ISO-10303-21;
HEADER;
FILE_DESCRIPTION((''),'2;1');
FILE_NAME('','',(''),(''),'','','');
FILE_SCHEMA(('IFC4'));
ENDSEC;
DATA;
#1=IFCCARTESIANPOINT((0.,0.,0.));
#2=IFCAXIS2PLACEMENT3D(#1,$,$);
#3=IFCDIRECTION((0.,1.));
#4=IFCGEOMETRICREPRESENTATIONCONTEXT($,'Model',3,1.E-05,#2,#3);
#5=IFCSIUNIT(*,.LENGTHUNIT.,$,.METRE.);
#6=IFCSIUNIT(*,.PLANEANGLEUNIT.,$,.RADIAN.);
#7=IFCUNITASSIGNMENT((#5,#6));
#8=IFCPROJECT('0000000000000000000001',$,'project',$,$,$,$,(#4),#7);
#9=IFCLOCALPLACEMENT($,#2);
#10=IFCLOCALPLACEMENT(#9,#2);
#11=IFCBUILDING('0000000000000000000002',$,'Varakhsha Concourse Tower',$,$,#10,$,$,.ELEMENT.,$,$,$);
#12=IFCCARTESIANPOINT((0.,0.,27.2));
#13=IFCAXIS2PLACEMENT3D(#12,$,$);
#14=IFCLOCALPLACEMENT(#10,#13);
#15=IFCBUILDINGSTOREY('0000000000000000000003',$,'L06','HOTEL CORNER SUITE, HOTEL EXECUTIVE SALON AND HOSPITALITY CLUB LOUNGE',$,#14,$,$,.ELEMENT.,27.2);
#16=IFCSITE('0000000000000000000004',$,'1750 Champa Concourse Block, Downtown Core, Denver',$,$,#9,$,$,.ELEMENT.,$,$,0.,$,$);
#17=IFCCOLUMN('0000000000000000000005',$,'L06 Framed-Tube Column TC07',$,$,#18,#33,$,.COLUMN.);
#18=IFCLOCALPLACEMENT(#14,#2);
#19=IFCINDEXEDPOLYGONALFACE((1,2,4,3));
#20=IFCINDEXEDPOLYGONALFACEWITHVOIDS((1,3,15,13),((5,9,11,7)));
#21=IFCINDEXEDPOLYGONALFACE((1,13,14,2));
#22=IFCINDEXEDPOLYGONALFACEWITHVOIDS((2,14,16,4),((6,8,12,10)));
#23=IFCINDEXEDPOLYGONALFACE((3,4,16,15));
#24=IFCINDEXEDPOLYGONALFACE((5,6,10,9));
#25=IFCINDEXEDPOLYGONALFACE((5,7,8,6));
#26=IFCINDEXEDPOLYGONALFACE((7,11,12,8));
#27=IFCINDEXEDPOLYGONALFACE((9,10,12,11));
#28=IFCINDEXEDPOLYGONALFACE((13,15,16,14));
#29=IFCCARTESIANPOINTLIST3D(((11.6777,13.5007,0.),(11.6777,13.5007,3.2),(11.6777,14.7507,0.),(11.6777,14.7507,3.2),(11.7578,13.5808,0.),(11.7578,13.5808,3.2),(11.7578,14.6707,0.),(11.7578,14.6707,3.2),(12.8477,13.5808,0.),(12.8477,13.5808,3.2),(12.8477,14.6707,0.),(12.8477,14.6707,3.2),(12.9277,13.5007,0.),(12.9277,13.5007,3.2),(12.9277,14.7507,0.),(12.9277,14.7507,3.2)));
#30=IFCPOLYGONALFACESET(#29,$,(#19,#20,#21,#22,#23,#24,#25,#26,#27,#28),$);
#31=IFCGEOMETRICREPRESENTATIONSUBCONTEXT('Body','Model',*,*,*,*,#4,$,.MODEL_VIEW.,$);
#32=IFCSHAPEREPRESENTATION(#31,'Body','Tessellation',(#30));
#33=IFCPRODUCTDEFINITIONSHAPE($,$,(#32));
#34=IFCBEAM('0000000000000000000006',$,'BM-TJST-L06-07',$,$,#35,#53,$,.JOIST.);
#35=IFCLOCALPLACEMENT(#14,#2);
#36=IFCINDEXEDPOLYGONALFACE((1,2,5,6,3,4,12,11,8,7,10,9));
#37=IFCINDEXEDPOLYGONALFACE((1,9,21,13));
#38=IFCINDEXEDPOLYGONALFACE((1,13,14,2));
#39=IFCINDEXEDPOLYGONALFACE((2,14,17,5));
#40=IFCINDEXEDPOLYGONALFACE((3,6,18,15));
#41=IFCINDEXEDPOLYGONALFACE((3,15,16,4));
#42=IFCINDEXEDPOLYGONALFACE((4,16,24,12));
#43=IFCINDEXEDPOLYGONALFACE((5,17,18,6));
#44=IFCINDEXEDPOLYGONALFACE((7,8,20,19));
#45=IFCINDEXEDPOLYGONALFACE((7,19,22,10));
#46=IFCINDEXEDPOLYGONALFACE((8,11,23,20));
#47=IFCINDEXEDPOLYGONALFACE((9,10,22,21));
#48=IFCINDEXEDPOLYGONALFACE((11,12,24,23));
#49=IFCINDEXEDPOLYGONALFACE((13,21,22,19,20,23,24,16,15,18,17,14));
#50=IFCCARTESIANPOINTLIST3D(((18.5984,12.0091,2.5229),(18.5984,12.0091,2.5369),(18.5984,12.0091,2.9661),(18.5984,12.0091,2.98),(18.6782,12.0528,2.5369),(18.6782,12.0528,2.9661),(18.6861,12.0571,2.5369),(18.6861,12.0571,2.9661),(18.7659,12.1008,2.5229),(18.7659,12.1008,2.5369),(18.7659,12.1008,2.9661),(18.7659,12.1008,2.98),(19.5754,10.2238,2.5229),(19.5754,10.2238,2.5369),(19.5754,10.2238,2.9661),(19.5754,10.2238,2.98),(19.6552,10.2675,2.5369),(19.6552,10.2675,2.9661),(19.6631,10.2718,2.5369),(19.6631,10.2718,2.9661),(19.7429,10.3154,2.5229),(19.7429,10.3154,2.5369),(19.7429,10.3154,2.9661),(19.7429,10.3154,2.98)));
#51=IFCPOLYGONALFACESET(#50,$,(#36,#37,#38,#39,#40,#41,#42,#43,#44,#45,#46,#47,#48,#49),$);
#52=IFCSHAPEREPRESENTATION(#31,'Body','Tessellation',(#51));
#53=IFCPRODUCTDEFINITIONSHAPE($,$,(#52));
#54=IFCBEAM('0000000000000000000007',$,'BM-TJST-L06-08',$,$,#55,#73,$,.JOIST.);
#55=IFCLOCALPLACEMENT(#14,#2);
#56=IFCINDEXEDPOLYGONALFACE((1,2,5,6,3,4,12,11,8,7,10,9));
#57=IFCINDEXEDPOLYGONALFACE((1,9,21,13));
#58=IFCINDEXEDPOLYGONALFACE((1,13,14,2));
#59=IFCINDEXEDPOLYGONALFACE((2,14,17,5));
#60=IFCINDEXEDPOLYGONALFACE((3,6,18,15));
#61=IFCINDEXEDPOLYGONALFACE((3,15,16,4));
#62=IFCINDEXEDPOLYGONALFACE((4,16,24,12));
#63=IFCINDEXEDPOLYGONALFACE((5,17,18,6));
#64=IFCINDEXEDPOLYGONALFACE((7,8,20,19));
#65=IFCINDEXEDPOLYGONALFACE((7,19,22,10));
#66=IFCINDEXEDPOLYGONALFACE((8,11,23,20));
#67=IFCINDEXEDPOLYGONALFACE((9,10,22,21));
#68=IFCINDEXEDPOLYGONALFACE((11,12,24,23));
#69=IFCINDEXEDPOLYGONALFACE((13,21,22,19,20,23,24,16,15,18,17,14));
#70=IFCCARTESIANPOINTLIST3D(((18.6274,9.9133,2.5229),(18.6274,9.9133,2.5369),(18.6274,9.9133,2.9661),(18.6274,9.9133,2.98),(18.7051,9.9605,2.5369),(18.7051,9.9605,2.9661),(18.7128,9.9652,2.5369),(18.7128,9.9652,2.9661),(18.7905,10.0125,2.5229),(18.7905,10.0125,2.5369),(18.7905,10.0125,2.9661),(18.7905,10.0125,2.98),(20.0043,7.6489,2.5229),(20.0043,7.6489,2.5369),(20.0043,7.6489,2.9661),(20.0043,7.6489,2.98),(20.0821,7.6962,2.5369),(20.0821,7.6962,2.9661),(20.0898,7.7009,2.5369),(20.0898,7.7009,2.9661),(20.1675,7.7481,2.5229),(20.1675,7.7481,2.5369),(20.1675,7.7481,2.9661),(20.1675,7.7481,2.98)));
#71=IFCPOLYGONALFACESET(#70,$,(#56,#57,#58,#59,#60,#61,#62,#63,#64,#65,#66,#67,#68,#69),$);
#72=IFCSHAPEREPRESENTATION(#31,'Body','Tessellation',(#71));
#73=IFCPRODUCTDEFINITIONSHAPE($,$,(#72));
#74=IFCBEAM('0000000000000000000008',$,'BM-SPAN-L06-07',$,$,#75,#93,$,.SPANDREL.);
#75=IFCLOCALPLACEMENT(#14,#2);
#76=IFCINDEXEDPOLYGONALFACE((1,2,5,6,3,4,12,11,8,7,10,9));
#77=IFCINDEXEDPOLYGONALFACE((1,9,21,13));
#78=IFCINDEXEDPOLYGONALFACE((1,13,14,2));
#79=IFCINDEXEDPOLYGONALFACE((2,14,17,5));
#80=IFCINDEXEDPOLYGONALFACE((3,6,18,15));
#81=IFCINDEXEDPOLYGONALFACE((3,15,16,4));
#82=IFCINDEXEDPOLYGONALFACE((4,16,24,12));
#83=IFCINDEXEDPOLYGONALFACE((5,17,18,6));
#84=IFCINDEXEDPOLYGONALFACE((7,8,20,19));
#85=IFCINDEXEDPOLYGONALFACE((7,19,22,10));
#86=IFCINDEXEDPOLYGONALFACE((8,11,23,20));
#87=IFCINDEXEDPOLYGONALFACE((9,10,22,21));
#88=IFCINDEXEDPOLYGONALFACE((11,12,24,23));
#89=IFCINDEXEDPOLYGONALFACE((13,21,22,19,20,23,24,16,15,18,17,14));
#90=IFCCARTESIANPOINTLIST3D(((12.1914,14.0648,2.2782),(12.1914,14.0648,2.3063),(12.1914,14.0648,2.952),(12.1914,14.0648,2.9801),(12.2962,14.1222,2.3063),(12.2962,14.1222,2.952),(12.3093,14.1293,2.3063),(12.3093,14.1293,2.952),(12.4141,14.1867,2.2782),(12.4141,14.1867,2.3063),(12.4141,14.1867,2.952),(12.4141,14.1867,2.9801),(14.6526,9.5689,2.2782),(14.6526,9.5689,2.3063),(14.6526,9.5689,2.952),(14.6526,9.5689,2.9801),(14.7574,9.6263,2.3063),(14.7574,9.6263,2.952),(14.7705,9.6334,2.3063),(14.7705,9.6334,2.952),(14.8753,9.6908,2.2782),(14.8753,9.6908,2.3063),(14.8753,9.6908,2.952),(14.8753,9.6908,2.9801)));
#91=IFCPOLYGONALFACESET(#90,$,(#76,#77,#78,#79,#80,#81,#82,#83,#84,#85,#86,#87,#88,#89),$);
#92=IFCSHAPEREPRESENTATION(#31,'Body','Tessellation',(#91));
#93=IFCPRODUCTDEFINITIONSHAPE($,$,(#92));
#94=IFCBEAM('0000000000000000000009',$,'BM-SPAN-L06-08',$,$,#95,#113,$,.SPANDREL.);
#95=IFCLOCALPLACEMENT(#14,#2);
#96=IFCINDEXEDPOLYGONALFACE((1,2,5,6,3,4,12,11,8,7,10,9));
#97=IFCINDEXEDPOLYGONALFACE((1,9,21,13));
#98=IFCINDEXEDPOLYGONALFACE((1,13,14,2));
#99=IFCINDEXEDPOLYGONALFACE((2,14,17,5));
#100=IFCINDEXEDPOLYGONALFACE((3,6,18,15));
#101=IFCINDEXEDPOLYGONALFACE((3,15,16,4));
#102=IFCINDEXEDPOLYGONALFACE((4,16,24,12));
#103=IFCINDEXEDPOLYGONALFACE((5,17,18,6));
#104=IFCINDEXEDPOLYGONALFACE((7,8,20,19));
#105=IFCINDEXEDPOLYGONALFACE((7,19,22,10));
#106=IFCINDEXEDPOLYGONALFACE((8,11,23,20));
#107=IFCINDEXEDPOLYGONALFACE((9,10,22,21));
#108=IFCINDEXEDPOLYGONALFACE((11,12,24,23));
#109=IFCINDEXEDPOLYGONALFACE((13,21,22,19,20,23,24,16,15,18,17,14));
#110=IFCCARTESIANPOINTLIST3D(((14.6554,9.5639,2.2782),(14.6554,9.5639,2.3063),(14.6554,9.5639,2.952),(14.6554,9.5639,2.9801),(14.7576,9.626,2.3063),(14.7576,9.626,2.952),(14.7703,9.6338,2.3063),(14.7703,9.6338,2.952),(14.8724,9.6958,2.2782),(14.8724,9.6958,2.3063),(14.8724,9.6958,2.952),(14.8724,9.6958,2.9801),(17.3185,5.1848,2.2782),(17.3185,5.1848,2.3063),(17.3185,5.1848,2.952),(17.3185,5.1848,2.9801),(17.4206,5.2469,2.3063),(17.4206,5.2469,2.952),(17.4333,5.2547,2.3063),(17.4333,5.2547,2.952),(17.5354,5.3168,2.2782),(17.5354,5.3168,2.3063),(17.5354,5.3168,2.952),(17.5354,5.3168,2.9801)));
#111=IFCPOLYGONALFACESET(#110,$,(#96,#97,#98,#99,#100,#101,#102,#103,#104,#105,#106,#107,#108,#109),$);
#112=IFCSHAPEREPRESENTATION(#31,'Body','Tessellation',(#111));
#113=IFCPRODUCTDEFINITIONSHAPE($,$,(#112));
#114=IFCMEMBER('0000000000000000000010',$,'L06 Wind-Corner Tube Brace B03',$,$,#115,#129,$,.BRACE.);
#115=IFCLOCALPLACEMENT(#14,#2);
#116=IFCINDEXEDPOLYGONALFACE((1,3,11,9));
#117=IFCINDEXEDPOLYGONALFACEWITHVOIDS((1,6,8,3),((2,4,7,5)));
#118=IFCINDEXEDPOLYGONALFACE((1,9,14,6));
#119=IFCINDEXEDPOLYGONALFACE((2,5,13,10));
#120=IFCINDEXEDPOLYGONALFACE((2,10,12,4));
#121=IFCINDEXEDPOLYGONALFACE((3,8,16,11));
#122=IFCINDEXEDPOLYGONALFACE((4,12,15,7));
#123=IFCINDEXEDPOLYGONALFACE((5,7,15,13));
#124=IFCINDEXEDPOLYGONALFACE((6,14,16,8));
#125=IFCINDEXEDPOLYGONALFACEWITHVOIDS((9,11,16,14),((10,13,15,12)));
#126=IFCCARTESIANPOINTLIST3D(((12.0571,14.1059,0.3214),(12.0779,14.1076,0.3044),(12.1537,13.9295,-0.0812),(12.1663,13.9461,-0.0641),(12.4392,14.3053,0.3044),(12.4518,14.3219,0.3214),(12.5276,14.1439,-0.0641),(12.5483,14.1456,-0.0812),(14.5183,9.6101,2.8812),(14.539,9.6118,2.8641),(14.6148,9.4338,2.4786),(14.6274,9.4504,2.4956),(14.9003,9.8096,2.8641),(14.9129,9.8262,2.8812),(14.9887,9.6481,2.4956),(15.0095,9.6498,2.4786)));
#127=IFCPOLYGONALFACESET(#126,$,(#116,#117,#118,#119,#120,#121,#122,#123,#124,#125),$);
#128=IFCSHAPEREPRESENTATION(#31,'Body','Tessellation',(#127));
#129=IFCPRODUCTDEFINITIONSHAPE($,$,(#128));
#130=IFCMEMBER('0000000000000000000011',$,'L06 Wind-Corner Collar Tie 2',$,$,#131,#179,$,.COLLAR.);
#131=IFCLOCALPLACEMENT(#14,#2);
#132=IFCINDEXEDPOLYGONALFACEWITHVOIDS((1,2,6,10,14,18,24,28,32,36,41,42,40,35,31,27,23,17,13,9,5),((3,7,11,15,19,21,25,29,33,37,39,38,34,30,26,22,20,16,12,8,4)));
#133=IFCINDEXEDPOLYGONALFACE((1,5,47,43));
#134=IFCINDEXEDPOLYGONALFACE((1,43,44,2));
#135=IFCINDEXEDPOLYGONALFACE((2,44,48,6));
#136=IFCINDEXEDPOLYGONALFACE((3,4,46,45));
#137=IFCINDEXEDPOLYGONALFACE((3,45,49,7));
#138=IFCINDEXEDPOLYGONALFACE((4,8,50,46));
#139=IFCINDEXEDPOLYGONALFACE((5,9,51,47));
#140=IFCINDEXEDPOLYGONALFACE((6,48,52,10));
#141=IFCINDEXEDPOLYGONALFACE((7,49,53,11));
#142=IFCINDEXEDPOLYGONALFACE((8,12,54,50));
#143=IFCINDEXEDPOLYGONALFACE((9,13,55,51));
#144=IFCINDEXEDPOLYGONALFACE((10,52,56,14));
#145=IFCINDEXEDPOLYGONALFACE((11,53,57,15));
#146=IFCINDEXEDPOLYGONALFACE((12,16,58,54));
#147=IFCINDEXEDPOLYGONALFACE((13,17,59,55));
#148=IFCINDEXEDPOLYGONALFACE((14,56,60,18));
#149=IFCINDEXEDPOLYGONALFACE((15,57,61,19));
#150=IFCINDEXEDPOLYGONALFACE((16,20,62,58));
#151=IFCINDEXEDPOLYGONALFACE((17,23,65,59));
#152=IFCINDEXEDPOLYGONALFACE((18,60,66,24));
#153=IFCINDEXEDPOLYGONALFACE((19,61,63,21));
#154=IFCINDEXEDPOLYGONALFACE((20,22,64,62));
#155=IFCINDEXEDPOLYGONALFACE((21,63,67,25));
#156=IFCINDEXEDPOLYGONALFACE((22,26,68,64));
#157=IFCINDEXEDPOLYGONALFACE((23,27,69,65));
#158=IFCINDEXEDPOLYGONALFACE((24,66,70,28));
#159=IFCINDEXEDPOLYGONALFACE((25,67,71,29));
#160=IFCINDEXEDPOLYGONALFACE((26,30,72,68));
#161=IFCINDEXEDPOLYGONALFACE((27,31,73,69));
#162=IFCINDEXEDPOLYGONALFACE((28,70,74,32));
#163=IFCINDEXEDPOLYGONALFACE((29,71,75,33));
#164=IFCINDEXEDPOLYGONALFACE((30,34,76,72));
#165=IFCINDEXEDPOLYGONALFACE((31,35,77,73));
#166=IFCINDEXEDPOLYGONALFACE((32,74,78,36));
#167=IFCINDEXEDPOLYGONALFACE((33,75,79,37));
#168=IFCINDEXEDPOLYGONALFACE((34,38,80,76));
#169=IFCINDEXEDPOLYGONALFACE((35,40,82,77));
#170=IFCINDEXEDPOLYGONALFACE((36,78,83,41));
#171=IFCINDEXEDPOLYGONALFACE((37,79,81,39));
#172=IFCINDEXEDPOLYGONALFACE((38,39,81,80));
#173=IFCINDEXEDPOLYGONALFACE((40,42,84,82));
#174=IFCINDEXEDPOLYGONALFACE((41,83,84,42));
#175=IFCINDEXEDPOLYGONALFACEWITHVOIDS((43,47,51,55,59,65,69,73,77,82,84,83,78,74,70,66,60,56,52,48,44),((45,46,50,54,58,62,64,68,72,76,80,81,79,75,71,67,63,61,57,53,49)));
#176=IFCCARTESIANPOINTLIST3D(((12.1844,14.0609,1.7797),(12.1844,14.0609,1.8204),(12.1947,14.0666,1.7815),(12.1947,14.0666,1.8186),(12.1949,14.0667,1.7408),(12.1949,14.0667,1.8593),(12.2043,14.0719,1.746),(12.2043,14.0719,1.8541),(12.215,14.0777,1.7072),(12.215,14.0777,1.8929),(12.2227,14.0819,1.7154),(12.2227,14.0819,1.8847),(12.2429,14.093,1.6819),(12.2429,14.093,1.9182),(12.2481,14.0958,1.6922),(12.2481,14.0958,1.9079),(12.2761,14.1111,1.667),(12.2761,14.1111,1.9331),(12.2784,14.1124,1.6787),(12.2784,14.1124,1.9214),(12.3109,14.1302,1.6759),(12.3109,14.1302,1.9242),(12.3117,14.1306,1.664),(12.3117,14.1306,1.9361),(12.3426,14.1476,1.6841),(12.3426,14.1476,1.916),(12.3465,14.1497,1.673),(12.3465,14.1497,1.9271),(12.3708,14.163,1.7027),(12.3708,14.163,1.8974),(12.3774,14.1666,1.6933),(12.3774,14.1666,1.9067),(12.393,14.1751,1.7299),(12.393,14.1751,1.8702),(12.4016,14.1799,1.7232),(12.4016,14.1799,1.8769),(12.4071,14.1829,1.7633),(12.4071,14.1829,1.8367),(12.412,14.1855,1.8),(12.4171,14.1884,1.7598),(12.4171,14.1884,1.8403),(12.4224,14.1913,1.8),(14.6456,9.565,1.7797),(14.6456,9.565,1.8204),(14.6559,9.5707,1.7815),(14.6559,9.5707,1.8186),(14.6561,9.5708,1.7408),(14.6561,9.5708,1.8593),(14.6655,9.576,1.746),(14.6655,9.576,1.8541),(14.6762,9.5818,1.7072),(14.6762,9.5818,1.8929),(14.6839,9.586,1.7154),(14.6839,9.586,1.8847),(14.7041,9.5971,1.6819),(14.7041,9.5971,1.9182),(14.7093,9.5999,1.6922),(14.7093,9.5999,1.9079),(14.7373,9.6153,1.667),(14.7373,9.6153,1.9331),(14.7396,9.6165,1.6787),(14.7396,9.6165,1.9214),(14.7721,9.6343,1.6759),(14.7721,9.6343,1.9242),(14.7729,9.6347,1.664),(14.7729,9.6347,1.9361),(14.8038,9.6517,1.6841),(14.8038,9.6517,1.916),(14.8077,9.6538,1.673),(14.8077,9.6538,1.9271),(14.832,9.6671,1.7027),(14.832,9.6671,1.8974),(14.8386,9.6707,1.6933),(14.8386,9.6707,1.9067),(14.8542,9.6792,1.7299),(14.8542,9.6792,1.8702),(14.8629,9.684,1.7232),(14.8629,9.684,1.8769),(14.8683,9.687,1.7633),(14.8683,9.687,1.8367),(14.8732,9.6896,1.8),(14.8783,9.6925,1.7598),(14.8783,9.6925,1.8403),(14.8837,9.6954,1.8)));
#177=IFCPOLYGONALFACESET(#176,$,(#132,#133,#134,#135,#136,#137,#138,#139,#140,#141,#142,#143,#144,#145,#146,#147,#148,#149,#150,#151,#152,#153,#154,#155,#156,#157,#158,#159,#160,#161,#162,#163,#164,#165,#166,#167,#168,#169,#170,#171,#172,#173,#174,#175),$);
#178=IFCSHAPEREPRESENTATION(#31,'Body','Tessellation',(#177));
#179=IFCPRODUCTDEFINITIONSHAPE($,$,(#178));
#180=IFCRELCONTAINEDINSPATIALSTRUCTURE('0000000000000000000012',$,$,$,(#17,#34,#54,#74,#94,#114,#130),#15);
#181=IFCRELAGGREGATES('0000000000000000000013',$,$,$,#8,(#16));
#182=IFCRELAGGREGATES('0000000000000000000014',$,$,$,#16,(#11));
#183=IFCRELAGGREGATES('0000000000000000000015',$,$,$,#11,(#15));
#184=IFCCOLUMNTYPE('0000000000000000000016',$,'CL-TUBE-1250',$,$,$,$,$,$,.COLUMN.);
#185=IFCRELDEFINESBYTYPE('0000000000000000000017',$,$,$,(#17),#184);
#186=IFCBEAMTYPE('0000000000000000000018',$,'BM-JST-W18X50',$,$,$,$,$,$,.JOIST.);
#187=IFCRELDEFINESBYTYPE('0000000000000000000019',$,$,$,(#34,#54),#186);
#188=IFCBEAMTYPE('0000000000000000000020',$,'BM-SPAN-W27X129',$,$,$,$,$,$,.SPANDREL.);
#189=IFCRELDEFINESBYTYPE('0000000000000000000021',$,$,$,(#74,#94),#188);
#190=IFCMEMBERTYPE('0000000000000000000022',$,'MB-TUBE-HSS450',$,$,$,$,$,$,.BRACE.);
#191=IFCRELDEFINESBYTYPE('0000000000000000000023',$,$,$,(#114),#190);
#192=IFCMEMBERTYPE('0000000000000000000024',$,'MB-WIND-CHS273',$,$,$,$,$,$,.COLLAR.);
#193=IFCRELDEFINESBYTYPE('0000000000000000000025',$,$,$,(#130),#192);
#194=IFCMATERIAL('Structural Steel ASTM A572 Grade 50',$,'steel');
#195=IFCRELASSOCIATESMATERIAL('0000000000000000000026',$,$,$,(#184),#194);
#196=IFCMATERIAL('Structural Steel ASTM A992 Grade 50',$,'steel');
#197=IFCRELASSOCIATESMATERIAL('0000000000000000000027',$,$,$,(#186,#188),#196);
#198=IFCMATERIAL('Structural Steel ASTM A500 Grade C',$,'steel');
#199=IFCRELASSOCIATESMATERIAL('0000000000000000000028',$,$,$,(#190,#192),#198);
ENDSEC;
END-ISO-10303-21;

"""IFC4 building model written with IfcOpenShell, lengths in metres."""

from ifc_helpers import new_model, si_unit, direction, frame, origin, origin_2d, place, context, subcontext, project, spatial, hollow_rectangle, hollow_circle, i_section, extrude, source, transform, mapped, material, material_profile, profile_set, type_object, type_shapes, element, save


model = new_model("IFC4")

# Units and contexts
model_context = context("Model", 3, precision=1e-05, world=origin(), true_north=direction((0.0, 1.0)))
body_context = subcontext(model_context, "Body", "Model", "MODEL_VIEW")
ifc_project = project(units=[si_unit("LENGTHUNIT", "METRE"), si_unit("PLANEANGLEUNIT", "RADIAN")], contexts=[model_context])

# Site, building, storey
site_placement = place(None, origin())
site = spatial("IfcSite", under=ifc_project, at=site_placement, Name="1750 Champa Concourse Block, Downtown Core, Denver", CompositionType="ELEMENT", RefElevation=0.0)
building_placement = place(site_placement, origin())
building = spatial("IfcBuilding", under=site, at=building_placement, Name="Varakhsha Concourse Tower", CompositionType="ELEMENT")
storey_placement = place(building_placement, frame((0.0, 0.0, 27.2)))
storey = spatial("IfcBuildingStorey", under=building, at=storey_placement, Name="L06", Description="HOTEL CORNER SUITE, HOTEL EXECUTIVE SALON AND HOSPITALITY CLUB LOUNGE", CompositionType="ELEMENT", Elevation=27.2)

# Column
ifc_material_1 = material(Name="Structural Steel ASTM A572 Grade 50", Category="steel")
ifc_material_profile_1 = material_profile(ifc_material_1, hollow_rectangle(XDim=1.25, YDim=1.25, WallThickness=0.0801, at=origin_2d()), Name="BOX 1250x1250x80")
ifc_profile_set_1 = profile_set([ifc_material_profile_1], Name="Structural Steel ASTM A572 Grade 50")
column_type = type_object("IfcColumnType", Name="CL-TUBE-1250", PredefinedType="COLUMN", material=ifc_profile_set_1)
column_placement = place(storey_placement, frame((12.3027, 14.1257, 0.0), z_axis=(0.0, 0.0, 1.0), x_axis=(1.0, 0.0, 0.0)))
element("IfcColumn", 1, at=column_placement, inside=storey, type_object=column_type, Name="L06 Framed-Tube Column TC07", PredefinedType="COLUMN", context=body_context, shape_type="SweptSolid", body=[
    extrude(hollow_rectangle(XDim=1.25, YDim=1.25, WallThickness=0.0801, at=origin_2d()), origin(), (0.0, 0.0, 1.0), 3.2),
])

# Beams
ifc_material_2 = material(Name="Structural Steel ASTM A992 Grade 50", Category="steel")
ifc_material_profile_2 = material_profile(ifc_material_2, i_section(OverallWidth=0.1909, OverallDepth=0.457, WebThickness=0.009, FlangeThickness=0.0139, at=origin_2d()), Name="W18X50")
ifc_profile_set_2 = profile_set([ifc_material_profile_2], Name="Structural Steel ASTM A992 Grade 50")
beam_type_1 = type_object("IfcBeamType", Name="BM-JST-W18X50", PredefinedType="JOIST", material=ifc_profile_set_2)
beam_1_placement = place(storey_placement, frame((18.6821, 12.0549, 2.7515), z_axis=(0.480062, -0.877235, 0.0), x_axis=(0.877235, 0.480062, 0.0)))
element("IfcBeam", 2, at=beam_1_placement, inside=storey, type_object=beam_type_1, Name="BM-TJST-L06-07", PredefinedType="JOIST", context=body_context, shape_type="SweptSolid", body=[
    extrude(i_section(OverallWidth=0.1909, OverallDepth=0.457, WebThickness=0.009, FlangeThickness=0.0139, at=origin_2d()), origin(), (0.0, 0.0, 1.0), 2.0352),
])
beam_2_placement = place(storey_placement, frame((18.709, 9.9629, 2.7515), z_axis=(0.519567, -0.85443, 0.0), x_axis=(0.85443, 0.519567, 0.0)))
element("IfcBeam", 3, at=beam_2_placement, inside=storey, type_object=beam_type_1, Name="BM-TJST-L06-08", PredefinedType="JOIST", context=body_context, shape_type="SweptSolid", body=[
    extrude(i_section(OverallWidth=0.1909, OverallDepth=0.457, WebThickness=0.009, FlangeThickness=0.0139, at=origin_2d()), origin(), (0.0, 0.0, 1.0), 2.6501),
])
ifc_material_profile_3 = material_profile(ifc_material_2, i_section(OverallWidth=0.2539, OverallDepth=0.7019, WebThickness=0.0149, FlangeThickness=0.0281, at=origin_2d()), Name="W27X129")
ifc_profile_set_3 = profile_set([ifc_material_profile_3], Name="Structural Steel ASTM A992 Grade 50")
beam_type_2 = type_object("IfcBeamType", Name="BM-SPAN-W27X129", PredefinedType="SPANDREL", material=ifc_profile_set_3)
beam_3_placement = place(storey_placement, frame((12.3027, 14.1257, 2.6292), z_axis=(0.48019, -0.877165, 0.0), x_axis=(0.877165, 0.48019, 0.0)))
element("IfcBeam", 4, at=beam_3_placement, inside=storey, type_object=beam_type_2, Name="BM-SPAN-L06-07", PredefinedType="SPANDREL", context=body_context, shape_type="SweptSolid", body=[
    extrude(i_section(OverallWidth=0.2539, OverallDepth=0.7019, WebThickness=0.0149, FlangeThickness=0.0281, at=origin_2d()), origin(), (0.0, 0.0, 1.0), 5.1255),
])
beam_4_placement = place(storey_placement, frame((14.7639, 9.6299, 2.6292), z_axis=(0.519593, -0.854414, 0.0), x_axis=(0.854414, 0.519593, 0.0)))
element("IfcBeam", 5, at=beam_4_placement, inside=storey, type_object=beam_type_2, Name="BM-SPAN-L06-08", PredefinedType="SPANDREL", context=body_context, shape_type="SweptSolid", body=[
    extrude(i_section(OverallWidth=0.2539, OverallDepth=0.7019, WebThickness=0.0149, FlangeThickness=0.0281, at=origin_2d()), origin(), (0.0, 0.0, 1.0), 5.1252),
])

# Members
ifc_material_3 = material(Name="Structural Steel ASTM A500 Grade C", Category="steel")
ifc_material_profile_4 = material_profile(ifc_material_3, hollow_rectangle(XDim=0.45, YDim=0.45, WallThickness=0.019, at=origin_2d()), Name="HSS 450x450x19")
ifc_profile_set_4 = profile_set([ifc_material_profile_4], Name="Structural Steel ASTM A500 Grade C")
member_type_1 = type_object("IfcMemberType", Name="MB-TUBE-HSS450", PredefinedType="BRACE", material=ifc_profile_set_4)
shared_shape_1 = source(origin(), body_context, "Body", "SweptSolid", [
    extrude(hollow_rectangle(XDim=0.45, YDim=0.45, WallThickness=0.019, at=origin_2d()), origin(), (0.0, 0.0, 1.0), 5.729),
])
type_shapes(member_type_1, [shared_shape_1])
member_1_placement = place(storey_placement, frame((12.3027, 14.1257, 0.1201), z_axis=(0.429592, -0.784738, 0.446808), x_axis=(0.877165, 0.48019, 0.0)))
element("IfcMember", 6, at=member_1_placement, inside=storey, type_object=member_type_1, Name="L06 Wind-Corner Tube Brace B03", PredefinedType="BRACE", context=body_context, shape_type="MappedRepresentation", body=[
    mapped(shared_shape_1, transform((0.0, 0.0, 0.0), scale=1.0)),
])
ifc_material_profile_5 = material_profile(ifc_material_3, hollow_circle(Radius=0.1365, WallThickness=0.012, at=origin_2d()), Name="CHS 273x12")
ifc_profile_set_5 = profile_set([ifc_material_profile_5], Name="Structural Steel ASTM A500 Grade C")
member_type_2 = type_object("IfcMemberType", Name="MB-WIND-CHS273", PredefinedType="COLLAR", material=ifc_profile_set_5)
shared_shape_2 = source(origin(), body_context, "Body", "SweptSolid", [
    extrude(hollow_circle(Radius=0.1365, WallThickness=0.012, at=origin_2d()), origin(), (0.0, 0.0, 1.0), 5.1255),
])
type_shapes(member_type_2, [shared_shape_2])
member_2_placement = place(storey_placement, frame((12.3027, 14.1257, 1.8), z_axis=(0.48019, -0.877165, 0.0), x_axis=(0.877165, 0.48019, 0.0)))
element("IfcMember", 7, at=member_2_placement, inside=storey, type_object=member_type_2, Name="L06 Wind-Corner Collar Tie 2", PredefinedType="COLLAR", context=body_context, shape_type="MappedRepresentation", body=[
    mapped(shared_shape_2, transform((0.0, 0.0, 0.0), scale=1.0)),
])

save(model, "model.ifc")
